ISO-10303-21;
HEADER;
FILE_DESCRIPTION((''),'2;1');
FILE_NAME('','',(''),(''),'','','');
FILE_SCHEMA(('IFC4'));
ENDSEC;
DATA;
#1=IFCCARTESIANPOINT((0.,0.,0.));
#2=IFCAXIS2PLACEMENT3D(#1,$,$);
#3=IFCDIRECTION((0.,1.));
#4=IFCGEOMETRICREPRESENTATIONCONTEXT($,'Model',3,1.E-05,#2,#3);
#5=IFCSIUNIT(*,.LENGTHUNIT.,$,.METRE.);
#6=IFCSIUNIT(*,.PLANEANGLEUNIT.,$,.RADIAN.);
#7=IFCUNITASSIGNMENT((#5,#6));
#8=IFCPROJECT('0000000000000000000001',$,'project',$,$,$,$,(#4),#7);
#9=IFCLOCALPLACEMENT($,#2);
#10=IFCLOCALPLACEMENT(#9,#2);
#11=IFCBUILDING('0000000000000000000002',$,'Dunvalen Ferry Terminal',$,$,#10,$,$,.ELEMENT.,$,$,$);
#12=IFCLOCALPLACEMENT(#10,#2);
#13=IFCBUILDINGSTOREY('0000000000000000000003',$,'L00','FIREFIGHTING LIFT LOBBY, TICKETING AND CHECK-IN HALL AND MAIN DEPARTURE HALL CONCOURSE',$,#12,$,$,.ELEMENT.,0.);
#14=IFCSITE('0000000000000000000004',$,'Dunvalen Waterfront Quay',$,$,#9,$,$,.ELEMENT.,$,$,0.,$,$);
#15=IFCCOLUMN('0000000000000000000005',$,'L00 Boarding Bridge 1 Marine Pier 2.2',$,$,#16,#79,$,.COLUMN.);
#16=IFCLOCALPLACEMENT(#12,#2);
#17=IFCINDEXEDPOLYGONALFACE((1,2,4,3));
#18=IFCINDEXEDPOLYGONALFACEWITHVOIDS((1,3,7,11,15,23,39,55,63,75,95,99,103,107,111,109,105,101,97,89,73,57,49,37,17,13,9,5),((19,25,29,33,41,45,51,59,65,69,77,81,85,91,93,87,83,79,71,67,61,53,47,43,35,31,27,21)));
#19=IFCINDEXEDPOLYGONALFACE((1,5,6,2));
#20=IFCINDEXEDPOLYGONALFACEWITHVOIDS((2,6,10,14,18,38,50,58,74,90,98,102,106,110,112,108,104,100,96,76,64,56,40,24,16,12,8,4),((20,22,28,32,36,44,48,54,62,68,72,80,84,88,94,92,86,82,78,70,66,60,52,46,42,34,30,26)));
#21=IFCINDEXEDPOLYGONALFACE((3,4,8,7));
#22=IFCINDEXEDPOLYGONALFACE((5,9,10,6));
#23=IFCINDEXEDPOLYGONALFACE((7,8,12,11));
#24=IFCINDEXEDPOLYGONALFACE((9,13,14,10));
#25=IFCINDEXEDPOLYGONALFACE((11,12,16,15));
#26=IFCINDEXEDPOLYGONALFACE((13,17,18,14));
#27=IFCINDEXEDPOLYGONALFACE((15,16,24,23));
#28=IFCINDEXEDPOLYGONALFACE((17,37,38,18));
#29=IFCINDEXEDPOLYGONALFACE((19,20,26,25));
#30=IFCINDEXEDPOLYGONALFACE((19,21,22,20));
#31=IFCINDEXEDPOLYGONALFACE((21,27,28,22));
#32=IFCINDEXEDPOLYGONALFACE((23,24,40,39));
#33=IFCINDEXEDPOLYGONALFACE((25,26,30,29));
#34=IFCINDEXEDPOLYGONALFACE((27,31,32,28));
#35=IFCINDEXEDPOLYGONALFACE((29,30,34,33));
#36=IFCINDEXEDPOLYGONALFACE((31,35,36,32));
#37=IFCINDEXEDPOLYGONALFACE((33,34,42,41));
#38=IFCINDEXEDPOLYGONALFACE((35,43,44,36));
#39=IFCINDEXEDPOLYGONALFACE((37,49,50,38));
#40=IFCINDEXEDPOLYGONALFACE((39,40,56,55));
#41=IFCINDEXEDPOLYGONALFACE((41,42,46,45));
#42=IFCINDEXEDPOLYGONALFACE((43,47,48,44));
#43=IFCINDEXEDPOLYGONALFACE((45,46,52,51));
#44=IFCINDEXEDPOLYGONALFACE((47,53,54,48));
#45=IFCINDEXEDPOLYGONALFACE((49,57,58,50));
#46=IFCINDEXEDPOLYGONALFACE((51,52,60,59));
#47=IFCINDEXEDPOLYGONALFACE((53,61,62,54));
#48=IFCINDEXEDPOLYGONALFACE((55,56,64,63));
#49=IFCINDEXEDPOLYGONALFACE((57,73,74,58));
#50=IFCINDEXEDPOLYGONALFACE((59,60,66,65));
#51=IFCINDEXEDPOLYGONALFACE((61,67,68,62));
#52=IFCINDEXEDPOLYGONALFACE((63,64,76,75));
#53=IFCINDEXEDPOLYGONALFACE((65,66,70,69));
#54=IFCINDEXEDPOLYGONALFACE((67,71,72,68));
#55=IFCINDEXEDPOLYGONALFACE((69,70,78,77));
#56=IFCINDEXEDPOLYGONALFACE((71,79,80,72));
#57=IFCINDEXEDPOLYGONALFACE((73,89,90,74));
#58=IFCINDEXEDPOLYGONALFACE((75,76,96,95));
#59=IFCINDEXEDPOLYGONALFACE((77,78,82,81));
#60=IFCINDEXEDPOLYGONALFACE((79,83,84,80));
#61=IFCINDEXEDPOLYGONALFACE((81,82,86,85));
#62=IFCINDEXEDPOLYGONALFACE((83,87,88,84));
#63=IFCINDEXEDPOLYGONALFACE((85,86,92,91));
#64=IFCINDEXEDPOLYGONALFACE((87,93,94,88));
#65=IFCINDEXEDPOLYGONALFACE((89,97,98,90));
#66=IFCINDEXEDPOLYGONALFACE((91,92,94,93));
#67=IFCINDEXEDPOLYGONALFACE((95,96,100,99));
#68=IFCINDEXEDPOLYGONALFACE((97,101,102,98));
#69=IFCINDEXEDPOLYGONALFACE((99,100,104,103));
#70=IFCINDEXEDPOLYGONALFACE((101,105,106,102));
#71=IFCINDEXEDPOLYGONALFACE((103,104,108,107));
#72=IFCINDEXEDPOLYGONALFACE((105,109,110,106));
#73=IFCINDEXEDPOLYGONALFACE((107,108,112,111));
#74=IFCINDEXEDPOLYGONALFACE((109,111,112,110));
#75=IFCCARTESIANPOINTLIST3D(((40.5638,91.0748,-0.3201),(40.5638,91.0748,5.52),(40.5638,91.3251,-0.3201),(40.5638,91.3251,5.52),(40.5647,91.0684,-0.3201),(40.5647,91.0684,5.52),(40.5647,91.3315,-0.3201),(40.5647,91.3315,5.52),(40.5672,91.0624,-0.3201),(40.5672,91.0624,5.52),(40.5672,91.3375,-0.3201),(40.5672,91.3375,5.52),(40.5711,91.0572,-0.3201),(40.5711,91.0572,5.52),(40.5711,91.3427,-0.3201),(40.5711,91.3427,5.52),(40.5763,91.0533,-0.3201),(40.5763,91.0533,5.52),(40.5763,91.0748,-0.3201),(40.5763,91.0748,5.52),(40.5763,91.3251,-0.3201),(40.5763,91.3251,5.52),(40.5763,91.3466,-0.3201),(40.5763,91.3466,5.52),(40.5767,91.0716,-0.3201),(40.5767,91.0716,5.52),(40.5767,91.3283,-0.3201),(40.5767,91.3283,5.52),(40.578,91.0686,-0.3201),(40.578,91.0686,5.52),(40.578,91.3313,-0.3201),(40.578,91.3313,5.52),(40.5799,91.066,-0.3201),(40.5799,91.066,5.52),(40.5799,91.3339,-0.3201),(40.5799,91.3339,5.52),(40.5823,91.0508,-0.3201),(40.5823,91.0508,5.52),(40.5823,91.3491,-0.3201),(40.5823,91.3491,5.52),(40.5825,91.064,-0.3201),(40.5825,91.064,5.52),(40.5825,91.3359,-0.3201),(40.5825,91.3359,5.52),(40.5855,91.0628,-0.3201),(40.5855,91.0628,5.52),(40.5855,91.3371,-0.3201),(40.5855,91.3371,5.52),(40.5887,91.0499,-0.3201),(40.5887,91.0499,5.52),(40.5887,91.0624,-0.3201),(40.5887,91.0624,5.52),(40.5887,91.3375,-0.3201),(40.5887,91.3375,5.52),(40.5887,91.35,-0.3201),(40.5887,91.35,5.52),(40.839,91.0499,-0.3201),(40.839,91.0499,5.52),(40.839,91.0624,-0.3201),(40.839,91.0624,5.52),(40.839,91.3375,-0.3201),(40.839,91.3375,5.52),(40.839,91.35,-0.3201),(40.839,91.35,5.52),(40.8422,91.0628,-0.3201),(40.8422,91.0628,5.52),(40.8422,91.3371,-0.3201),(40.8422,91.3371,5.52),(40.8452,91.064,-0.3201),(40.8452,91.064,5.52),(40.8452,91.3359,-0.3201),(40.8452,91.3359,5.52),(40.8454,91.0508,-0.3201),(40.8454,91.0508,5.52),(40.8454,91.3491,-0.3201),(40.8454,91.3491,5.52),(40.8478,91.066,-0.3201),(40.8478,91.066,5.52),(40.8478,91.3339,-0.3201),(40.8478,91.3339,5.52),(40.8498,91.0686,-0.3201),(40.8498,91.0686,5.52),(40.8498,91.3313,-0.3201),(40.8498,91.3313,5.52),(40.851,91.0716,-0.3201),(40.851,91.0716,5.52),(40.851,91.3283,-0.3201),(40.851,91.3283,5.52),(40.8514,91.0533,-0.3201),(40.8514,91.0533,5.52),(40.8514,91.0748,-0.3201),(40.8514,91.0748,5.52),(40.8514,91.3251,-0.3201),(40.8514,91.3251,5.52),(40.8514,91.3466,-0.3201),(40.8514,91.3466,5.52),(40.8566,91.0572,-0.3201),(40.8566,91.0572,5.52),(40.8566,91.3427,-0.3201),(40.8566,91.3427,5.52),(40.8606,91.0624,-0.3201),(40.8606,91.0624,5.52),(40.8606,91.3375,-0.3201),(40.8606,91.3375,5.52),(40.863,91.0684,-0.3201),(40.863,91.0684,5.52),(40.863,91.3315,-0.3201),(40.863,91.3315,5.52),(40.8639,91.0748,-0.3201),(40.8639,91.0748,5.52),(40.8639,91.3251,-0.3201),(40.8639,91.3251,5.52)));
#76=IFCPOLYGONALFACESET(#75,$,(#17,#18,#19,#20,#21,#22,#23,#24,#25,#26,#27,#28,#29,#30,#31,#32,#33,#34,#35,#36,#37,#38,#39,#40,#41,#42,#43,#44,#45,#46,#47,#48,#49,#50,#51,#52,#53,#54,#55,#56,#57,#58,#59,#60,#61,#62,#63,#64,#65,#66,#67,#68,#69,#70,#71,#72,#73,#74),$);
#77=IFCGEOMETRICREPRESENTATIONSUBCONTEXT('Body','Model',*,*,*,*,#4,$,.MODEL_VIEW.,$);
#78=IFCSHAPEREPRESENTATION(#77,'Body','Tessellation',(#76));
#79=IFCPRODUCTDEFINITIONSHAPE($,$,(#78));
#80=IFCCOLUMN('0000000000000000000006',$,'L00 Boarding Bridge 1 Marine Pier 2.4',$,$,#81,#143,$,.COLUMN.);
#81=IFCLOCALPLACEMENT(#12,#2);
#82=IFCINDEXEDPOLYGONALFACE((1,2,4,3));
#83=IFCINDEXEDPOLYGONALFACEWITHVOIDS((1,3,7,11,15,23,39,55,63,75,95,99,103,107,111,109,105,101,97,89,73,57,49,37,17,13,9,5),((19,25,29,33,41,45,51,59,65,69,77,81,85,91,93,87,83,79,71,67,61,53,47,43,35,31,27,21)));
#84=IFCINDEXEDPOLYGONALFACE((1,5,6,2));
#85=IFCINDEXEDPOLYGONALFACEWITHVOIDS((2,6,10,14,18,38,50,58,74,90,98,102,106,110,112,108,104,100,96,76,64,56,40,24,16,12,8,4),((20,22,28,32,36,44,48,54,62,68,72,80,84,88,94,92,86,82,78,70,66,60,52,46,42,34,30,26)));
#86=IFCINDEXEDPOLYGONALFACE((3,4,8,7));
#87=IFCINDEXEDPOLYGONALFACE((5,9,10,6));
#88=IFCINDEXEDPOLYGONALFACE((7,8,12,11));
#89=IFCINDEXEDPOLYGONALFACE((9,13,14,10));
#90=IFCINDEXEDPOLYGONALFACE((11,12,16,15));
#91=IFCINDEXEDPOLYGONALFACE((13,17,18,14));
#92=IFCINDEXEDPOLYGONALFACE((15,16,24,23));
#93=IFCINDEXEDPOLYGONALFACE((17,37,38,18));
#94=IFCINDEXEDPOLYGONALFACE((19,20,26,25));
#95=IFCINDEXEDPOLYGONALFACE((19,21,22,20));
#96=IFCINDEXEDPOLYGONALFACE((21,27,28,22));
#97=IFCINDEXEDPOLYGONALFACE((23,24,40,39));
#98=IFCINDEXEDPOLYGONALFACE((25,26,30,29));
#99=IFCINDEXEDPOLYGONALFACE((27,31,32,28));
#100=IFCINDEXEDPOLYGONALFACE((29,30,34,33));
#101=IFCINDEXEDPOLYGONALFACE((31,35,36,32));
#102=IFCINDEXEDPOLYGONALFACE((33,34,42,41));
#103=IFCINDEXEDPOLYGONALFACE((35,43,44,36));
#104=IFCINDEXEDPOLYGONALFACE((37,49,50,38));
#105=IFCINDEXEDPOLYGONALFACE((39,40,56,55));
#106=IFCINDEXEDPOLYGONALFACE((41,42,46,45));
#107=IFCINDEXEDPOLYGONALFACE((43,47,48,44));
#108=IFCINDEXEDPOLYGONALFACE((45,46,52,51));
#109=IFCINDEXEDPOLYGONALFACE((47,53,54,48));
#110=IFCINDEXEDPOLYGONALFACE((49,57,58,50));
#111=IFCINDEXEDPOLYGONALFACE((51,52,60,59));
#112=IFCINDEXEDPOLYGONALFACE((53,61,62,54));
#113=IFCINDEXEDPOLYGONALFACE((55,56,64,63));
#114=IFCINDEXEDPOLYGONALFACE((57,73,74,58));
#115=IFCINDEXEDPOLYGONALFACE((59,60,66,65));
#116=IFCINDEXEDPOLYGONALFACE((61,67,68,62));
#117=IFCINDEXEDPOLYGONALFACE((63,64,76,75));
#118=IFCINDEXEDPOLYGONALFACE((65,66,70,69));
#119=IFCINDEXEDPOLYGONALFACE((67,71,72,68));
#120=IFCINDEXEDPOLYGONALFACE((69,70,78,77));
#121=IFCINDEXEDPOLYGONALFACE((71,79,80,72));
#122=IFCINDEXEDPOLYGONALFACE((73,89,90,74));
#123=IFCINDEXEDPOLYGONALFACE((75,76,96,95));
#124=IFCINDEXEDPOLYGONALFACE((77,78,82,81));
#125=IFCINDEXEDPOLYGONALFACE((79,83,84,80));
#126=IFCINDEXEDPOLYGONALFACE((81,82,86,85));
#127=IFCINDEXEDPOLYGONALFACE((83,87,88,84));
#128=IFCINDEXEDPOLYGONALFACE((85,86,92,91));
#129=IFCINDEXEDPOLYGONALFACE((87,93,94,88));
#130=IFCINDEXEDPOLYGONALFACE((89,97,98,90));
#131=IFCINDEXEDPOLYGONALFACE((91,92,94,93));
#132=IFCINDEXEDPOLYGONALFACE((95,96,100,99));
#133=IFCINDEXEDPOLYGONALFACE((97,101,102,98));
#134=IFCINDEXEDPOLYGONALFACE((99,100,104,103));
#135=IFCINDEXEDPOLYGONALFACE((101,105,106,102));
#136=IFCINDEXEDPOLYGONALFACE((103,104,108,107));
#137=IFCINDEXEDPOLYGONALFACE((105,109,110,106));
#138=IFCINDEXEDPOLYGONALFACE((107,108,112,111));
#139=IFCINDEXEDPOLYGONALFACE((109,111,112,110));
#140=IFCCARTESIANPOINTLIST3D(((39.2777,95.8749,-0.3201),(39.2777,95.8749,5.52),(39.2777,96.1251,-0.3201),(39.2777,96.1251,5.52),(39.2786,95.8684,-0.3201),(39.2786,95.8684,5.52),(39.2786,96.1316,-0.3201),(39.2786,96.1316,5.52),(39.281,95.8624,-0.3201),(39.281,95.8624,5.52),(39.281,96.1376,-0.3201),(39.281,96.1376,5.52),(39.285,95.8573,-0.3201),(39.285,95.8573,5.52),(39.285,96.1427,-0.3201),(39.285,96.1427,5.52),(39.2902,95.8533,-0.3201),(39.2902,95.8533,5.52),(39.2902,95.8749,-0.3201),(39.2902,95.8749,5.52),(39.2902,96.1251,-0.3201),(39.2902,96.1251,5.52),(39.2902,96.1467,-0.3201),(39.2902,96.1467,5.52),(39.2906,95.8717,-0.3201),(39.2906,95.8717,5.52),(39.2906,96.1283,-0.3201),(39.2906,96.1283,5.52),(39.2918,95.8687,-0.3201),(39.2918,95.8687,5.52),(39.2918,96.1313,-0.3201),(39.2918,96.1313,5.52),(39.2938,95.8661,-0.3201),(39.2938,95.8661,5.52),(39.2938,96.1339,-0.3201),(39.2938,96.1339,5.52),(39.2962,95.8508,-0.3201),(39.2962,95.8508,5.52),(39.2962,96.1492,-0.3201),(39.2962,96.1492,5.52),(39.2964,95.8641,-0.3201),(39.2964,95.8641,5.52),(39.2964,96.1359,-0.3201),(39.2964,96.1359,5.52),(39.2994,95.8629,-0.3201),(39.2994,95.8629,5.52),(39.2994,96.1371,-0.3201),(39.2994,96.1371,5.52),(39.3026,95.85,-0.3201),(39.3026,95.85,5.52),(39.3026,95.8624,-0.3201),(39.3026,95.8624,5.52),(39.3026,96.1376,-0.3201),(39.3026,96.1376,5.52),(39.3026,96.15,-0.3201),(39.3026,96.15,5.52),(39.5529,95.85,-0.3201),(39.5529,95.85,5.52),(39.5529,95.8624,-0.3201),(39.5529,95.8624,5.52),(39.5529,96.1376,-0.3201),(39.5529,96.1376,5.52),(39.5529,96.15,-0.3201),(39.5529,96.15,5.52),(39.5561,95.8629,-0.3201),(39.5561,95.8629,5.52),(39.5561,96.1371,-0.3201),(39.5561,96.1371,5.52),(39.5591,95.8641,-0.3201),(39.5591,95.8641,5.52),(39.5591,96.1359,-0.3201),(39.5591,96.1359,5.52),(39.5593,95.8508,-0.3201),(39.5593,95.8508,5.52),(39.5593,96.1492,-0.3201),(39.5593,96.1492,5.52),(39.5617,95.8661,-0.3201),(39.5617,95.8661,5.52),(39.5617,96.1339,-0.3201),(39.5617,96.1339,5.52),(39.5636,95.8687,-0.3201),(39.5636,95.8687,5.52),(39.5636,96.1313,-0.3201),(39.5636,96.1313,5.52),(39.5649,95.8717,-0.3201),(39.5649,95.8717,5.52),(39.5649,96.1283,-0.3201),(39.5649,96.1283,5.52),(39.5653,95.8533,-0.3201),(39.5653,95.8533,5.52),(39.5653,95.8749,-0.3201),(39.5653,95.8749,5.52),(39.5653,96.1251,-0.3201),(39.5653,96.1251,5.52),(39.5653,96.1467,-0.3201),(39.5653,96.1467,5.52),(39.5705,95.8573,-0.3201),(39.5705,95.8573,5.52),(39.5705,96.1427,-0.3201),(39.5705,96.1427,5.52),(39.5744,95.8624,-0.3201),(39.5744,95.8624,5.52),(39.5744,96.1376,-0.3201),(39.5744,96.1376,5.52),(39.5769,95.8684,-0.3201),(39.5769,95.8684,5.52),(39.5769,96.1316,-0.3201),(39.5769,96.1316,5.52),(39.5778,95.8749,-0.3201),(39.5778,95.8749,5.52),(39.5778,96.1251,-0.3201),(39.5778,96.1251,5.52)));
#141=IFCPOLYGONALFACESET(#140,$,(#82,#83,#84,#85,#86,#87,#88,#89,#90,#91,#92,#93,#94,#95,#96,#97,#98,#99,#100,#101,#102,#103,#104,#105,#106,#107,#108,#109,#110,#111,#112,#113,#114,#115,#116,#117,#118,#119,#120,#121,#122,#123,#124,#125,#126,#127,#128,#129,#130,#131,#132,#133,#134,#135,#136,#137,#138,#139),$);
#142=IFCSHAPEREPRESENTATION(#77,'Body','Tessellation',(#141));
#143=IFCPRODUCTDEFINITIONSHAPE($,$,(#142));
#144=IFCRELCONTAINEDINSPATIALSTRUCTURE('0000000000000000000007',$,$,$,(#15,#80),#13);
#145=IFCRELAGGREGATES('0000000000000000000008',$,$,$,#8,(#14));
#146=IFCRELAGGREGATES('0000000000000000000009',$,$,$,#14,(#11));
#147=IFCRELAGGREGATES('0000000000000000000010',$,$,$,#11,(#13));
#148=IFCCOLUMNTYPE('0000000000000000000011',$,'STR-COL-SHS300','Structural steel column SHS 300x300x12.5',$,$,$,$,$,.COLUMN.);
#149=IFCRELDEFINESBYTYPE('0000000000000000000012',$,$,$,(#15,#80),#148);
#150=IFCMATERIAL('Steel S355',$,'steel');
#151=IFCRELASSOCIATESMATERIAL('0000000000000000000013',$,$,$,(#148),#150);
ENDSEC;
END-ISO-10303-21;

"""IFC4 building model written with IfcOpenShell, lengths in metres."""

from ifc_helpers import new_model, si_unit, direction, frame, origin, origin_2d, place, context, subcontext, project, spatial, hollow_rectangle, extrude, material, material_profile, profile_set, type_object, element, save


model = new_model("IFC4")

# Units and contexts
model_context = context("Model", 3, precision=1e-05, world=origin(), true_north=direction((0.0, 1.0)))
body_context = subcontext(model_context, "Body", "Model", "MODEL_VIEW")
ifc_project = project(units=[si_unit("LENGTHUNIT", "METRE"), si_unit("PLANEANGLEUNIT", "RADIAN")], contexts=[model_context])

# Site, building, storey
site_placement = place(None, origin())
site = spatial("IfcSite", under=ifc_project, at=site_placement, Name="Dunvalen Waterfront Quay", CompositionType="ELEMENT", RefElevation=0.0)
building_placement = place(site_placement, origin())
building = spatial("IfcBuilding", under=site, at=building_placement, Name="Dunvalen Ferry Terminal", CompositionType="ELEMENT")
storey_placement = place(building_placement, origin())
storey = spatial("IfcBuildingStorey", under=building, at=storey_placement, Name="L00", Description="FIREFIGHTING LIFT LOBBY, TICKETING AND CHECK-IN HALL AND MAIN DEPARTURE HALL CONCOURSE", CompositionType="ELEMENT", Elevation=0.0)

# Columns
ifc_material_1 = material(Name="Steel S355", Category="steel")
ifc_material_profile_1 = material_profile(ifc_material_1, hollow_rectangle(XDim=0.3, YDim=0.3, WallThickness=0.0125, InnerFilletRadius=0.0125, OuterFilletRadius=0.0249, at=origin_2d()), Name="Steel S355")
ifc_profile_set_1 = profile_set([ifc_material_profile_1], Name="Steel S355")
column_type_1 = type_object("IfcColumnType", Name="STR-COL-SHS300", Description="Structural steel column SHS 300x300x12.5", PredefinedType="COLUMN", material=ifc_profile_set_1)
for number, where, z_axis, x_axis, name in (
    (1, (40.7139, 91.2, -0.3201), (0.0, 0.0, 1.0), (1.0, 0.0, 0.0), "L00 Boarding Bridge 1 Marine Pier 2.2"),
    (2, (39.4277, 96.0, -0.3201), (0.0, 0.0, 1.0), (1.0, 0.0, 0.0), "L00 Boarding Bridge 1 Marine Pier 2.4"),
):
    element("IfcColumn", number, at=place(storey_placement, frame(where, z_axis=z_axis, x_axis=x_axis)), inside=storey, type_object=column_type_1, Name=name, PredefinedType="COLUMN", context=body_context, shape_type="SweptSolid", body=[
        extrude(hollow_rectangle(XDim=0.3, YDim=0.3, WallThickness=0.0125, InnerFilletRadius=0.0125, OuterFilletRadius=0.0249, at=origin_2d()), origin(), (0.0, 0.0, 1.0), 5.8401),
    ])

save(model, "model.ifc")
